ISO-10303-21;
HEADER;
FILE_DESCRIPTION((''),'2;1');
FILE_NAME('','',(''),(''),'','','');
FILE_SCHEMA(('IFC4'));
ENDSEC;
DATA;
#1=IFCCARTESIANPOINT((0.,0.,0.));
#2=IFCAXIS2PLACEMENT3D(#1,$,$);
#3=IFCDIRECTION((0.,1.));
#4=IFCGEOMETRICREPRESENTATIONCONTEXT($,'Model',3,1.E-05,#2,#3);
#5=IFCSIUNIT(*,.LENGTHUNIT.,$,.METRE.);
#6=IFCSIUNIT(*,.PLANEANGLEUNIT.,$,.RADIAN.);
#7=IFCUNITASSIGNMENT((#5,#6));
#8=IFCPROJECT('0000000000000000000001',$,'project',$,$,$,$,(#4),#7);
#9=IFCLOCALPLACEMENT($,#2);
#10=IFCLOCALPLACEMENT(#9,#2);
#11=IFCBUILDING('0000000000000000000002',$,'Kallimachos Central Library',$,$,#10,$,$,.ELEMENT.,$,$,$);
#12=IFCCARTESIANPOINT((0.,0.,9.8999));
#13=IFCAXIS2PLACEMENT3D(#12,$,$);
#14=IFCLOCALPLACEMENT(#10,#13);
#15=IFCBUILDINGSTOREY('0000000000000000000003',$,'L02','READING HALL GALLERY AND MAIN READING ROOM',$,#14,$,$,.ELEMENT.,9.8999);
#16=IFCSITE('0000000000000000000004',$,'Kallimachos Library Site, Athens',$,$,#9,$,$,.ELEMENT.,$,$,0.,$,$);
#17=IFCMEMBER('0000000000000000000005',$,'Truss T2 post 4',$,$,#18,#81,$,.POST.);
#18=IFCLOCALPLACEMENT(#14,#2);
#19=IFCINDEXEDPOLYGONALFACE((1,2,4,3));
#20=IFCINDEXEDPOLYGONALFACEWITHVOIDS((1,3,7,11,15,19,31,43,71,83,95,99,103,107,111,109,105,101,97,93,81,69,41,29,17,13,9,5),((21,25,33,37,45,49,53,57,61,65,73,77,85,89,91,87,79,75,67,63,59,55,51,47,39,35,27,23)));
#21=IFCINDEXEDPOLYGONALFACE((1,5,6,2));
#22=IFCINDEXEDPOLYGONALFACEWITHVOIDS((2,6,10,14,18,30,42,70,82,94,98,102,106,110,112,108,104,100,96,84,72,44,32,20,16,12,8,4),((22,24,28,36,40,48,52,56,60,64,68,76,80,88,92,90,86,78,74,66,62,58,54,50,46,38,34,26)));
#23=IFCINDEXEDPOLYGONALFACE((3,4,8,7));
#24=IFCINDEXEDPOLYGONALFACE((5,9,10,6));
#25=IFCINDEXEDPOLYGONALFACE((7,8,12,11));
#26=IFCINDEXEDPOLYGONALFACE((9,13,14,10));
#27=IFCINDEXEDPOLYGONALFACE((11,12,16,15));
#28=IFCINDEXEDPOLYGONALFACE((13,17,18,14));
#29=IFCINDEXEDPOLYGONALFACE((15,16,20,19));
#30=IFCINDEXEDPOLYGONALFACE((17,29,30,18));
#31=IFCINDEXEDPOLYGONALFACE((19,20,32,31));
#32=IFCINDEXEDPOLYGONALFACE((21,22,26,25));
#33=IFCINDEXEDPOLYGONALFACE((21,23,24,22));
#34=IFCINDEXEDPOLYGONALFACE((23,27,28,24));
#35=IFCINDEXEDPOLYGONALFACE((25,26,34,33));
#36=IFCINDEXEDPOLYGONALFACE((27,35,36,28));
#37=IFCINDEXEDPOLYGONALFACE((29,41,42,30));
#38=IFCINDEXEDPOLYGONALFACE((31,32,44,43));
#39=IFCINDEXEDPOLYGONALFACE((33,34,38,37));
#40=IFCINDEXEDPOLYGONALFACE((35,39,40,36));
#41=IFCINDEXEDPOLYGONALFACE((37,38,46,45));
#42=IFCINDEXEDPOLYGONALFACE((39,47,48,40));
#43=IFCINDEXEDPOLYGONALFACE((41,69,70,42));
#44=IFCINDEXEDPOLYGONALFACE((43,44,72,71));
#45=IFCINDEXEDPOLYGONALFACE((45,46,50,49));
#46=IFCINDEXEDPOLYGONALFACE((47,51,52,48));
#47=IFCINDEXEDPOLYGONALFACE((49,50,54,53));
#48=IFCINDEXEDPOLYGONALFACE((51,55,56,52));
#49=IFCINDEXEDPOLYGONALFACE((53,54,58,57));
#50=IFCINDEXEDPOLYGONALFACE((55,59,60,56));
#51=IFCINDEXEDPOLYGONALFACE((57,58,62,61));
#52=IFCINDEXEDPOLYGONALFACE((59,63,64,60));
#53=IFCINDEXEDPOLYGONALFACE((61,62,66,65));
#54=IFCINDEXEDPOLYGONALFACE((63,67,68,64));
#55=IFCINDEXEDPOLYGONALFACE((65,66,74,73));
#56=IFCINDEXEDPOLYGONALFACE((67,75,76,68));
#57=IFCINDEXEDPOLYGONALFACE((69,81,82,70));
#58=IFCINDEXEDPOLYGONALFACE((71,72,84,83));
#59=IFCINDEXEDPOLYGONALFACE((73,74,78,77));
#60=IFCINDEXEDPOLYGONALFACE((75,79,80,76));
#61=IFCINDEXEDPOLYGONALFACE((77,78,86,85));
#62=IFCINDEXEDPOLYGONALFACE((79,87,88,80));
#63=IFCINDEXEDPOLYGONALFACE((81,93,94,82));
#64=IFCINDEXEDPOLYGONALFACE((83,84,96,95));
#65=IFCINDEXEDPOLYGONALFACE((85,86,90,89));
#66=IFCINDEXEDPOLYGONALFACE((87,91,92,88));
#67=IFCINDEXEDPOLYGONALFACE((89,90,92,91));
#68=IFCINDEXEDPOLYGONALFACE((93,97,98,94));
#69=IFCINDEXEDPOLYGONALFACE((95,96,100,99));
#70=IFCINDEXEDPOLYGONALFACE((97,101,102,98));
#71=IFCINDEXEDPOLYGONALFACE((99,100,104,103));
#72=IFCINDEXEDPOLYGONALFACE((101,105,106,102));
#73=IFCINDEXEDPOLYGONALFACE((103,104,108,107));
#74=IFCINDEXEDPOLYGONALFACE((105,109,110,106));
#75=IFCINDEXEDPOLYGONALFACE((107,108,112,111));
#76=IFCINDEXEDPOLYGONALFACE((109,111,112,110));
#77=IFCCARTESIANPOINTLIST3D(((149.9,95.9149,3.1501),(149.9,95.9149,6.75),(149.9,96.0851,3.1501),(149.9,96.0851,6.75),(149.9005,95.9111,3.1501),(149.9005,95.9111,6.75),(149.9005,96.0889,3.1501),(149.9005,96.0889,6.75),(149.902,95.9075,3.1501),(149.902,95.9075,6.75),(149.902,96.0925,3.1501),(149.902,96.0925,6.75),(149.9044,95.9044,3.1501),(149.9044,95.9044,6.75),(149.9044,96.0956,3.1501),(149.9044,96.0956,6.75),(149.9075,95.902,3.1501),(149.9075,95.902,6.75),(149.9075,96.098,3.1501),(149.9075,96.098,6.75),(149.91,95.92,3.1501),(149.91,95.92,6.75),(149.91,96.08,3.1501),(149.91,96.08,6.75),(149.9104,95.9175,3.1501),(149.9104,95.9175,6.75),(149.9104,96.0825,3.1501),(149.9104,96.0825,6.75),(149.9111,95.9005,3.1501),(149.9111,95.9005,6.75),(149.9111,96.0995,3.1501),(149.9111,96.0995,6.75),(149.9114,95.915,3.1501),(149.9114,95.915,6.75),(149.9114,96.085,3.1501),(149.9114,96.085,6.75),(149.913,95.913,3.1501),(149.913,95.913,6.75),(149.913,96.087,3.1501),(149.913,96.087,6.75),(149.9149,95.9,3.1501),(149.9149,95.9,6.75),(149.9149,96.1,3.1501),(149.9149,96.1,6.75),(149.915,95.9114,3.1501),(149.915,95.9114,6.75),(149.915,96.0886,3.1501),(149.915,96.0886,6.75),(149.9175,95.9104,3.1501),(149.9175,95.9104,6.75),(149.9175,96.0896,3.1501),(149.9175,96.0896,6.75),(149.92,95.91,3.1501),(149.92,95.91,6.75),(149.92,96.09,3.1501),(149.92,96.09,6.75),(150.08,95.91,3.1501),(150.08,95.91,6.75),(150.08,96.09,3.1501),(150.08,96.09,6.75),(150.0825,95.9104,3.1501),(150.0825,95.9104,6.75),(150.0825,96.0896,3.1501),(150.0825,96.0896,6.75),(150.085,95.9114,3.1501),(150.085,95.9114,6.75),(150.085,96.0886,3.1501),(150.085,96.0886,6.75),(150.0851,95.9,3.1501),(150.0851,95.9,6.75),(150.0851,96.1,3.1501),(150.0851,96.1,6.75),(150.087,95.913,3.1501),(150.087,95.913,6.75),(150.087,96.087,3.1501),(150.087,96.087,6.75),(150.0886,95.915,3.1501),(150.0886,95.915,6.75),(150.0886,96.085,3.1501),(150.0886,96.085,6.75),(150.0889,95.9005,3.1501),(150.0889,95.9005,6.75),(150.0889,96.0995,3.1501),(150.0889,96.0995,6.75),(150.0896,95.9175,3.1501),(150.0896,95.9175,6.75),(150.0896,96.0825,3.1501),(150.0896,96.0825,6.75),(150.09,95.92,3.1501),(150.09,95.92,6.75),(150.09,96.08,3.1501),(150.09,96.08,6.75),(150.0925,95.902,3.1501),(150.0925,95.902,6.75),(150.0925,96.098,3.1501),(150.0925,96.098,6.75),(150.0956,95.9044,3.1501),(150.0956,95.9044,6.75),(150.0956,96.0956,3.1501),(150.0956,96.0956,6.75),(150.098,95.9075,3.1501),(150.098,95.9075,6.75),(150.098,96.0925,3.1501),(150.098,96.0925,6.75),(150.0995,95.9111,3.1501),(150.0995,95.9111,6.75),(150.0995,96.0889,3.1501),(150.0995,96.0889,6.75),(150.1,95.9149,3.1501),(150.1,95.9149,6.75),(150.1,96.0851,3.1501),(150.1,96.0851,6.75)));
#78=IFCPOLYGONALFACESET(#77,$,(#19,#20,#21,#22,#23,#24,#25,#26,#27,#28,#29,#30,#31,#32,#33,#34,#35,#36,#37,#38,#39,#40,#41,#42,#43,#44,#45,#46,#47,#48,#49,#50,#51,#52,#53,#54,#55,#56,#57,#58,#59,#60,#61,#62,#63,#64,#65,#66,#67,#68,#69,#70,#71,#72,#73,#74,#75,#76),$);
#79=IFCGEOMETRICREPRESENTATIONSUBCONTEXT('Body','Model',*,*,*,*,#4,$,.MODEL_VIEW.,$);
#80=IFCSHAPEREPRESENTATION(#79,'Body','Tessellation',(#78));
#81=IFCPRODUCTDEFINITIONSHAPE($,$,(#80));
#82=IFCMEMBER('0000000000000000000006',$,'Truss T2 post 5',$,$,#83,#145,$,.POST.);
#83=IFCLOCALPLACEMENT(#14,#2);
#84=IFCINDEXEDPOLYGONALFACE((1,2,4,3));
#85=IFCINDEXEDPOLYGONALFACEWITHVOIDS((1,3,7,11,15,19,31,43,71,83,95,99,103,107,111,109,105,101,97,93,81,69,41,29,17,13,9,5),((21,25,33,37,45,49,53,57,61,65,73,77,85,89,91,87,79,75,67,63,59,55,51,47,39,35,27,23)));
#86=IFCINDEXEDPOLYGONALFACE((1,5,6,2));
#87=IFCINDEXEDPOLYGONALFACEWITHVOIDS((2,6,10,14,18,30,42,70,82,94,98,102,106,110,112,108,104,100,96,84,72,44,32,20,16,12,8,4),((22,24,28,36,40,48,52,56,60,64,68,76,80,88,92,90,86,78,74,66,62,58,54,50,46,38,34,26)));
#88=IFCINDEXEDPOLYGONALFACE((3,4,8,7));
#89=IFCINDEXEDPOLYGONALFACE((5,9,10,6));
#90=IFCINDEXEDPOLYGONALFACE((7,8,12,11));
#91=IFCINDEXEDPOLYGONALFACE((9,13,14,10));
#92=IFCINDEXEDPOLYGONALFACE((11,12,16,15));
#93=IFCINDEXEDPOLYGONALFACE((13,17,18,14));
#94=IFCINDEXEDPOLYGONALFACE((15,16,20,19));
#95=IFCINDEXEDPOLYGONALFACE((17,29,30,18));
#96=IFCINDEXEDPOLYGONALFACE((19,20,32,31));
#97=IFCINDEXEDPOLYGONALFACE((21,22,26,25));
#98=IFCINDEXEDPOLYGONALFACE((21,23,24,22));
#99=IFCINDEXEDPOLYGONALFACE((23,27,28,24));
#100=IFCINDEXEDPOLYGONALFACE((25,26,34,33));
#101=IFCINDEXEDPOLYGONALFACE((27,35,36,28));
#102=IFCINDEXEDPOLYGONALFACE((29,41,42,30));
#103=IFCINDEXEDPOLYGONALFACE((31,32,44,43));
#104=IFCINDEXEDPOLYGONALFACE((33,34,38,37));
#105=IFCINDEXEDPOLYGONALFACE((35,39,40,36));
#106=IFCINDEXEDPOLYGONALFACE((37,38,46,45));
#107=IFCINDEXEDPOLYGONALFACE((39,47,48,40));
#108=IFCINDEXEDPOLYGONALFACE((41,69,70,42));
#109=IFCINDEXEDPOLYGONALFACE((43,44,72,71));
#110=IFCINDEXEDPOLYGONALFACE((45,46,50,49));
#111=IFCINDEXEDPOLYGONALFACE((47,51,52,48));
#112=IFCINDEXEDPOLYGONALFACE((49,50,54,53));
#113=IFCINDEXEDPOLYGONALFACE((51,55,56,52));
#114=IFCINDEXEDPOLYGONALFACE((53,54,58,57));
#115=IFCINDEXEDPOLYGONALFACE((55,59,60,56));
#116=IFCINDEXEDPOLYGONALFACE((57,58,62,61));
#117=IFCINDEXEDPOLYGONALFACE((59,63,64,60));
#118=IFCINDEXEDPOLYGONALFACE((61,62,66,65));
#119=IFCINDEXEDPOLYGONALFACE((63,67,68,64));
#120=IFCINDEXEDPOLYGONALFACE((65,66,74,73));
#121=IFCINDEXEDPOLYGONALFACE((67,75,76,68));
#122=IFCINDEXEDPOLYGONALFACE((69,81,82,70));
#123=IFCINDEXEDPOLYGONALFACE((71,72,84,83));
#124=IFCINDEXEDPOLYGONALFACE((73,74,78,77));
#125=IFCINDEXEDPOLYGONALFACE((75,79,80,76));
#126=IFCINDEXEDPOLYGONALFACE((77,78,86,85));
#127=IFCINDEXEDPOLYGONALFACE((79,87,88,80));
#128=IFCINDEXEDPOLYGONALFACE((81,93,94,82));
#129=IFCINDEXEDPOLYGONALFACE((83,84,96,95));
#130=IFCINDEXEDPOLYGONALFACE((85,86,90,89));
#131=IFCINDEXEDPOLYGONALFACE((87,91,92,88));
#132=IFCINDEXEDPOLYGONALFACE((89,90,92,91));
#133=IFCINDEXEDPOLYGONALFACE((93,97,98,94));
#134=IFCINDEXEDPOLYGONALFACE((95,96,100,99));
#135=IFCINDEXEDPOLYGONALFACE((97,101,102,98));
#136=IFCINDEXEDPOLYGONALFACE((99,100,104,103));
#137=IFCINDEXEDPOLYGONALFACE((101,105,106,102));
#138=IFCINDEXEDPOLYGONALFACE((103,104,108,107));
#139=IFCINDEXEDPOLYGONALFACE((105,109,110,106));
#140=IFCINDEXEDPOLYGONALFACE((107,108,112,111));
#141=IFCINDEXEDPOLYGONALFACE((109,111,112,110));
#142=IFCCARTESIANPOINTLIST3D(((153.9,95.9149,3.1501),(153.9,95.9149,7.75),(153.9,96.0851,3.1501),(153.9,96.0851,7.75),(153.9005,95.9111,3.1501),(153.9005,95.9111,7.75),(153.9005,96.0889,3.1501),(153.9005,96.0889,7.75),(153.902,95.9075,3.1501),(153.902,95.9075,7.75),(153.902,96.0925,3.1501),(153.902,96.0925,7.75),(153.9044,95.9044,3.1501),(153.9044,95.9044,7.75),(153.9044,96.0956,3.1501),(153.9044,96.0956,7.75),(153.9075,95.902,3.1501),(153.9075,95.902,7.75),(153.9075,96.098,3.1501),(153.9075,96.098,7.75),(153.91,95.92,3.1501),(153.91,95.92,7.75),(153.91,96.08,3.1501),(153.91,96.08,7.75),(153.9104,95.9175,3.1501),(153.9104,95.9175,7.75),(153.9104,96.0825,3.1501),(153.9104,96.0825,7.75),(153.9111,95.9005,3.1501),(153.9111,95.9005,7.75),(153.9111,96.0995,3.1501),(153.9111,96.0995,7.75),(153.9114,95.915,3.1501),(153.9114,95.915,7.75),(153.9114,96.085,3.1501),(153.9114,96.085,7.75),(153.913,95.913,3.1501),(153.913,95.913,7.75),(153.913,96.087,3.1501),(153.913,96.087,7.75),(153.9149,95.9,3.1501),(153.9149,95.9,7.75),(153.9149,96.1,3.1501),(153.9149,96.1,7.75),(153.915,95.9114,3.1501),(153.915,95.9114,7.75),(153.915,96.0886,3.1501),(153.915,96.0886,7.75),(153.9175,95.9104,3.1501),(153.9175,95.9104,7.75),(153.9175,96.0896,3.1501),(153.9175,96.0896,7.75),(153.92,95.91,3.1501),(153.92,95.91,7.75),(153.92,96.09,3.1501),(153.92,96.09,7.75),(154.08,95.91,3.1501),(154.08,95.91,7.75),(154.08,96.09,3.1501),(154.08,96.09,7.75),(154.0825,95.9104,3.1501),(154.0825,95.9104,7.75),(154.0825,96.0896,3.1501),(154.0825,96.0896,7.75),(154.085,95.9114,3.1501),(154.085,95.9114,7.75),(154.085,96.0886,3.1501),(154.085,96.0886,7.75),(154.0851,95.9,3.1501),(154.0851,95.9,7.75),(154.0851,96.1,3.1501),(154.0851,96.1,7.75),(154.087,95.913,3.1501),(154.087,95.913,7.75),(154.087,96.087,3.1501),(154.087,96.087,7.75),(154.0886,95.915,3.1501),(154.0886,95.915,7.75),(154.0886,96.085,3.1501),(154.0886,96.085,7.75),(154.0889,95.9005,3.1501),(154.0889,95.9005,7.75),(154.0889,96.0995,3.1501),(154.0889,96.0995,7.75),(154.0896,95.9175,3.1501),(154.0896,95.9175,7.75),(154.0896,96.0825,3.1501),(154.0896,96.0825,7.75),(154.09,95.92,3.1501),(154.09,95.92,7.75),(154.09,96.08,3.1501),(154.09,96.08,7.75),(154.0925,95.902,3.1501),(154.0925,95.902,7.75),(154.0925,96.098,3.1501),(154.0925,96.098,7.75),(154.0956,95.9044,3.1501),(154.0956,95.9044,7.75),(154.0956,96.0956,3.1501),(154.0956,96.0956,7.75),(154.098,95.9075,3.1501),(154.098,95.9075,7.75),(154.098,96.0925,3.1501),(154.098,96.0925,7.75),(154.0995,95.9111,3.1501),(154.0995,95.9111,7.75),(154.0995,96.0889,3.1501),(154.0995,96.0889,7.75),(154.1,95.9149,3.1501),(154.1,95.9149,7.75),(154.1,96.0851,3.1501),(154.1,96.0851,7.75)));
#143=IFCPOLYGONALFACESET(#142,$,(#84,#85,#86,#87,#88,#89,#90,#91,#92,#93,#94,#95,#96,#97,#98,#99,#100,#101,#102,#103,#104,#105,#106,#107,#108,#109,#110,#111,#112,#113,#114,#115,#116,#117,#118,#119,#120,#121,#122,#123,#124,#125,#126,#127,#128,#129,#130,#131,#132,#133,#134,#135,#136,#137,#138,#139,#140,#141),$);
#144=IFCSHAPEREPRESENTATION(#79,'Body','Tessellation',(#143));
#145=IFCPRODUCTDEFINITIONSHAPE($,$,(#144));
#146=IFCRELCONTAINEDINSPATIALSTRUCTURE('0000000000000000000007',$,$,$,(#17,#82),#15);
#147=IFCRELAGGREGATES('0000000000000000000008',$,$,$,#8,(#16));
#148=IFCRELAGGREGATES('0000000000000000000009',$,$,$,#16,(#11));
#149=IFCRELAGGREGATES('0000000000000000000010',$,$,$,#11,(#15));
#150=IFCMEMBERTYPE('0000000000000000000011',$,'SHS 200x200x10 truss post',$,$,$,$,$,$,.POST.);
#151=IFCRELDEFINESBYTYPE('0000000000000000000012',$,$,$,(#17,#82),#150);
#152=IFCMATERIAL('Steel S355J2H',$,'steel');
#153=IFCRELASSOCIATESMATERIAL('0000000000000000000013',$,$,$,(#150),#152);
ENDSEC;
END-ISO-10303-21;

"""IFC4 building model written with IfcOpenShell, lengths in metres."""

from ifc_helpers import new_model, si_unit, direction, frame, origin, origin_2d, place, context, subcontext, project, spatial, hollow_rectangle, extrude, material, material_profile, profile_set, type_object, element, save


model = new_model("IFC4")

# Units and contexts
model_context = context("Model", 3, precision=1e-05, world=origin(), true_north=direction((0.0, 1.0)))
body_context = subcontext(model_context, "Body", "Model", "MODEL_VIEW")
ifc_project = project(units=[si_unit("LENGTHUNIT", "METRE"), si_unit("PLANEANGLEUNIT", "RADIAN")], contexts=[model_context])

# Site, building, storey
site_placement = place(None, origin())
site = spatial("IfcSite", under=ifc_project, at=site_placement, Name="Kallimachos Library Site, Athens", CompositionType="ELEMENT", RefElevation=0.0)
building_placement = place(site_placement, origin())
building = spatial("IfcBuilding", under=site, at=building_placement, Name="Kallimachos Central Library", CompositionType="ELEMENT")
storey_placement = place(building_placement, frame((0.0, 0.0, 9.8999)))
storey = spatial("IfcBuildingStorey", under=building, at=storey_placement, Name="L02", Description="READING HALL GALLERY AND MAIN READING ROOM", CompositionType="ELEMENT", Elevation=9.8999)

# Members
ifc_material_1 = material(Name="Steel S355J2H", Category="steel")
ifc_material_profile_1 = material_profile(ifc_material_1, hollow_rectangle(XDim=0.2, YDim=0.2, WallThickness=0.01, InnerFilletRadius=0.01, OuterFilletRadius=0.0149, at=origin_2d()), Name="SHS 200x200x10")
ifc_profile_set_1 = profile_set([ifc_material_profile_1], Name="Steel S355J2H")
member_type_1 = type_object("IfcMemberType", Name="SHS 200x200x10 truss post", PredefinedType="POST", material=ifc_profile_set_1)
member_1_placement = place(storey_placement, frame((150.0, 96.0, 3.1501), z_axis=(0.0, 0.0, 1.0), x_axis=(1.0, 0.0, 0.0)))
element("IfcMember", 1, at=member_1_placement, inside=storey, type_object=member_type_1, Name="Truss T2 post 4", PredefinedType="POST", context=body_context, shape_type="SweptSolid", body=[
    extrude(hollow_rectangle(XDim=0.2, YDim=0.2, WallThickness=0.01, InnerFilletRadius=0.01, OuterFilletRadius=0.0149, at=origin_2d()), origin(), (0.0, 0.0, 1.0), 3.5999),
])
member_2_placement = place(storey_placement, frame((154.0, 96.0, 3.1501), z_axis=(0.0, 0.0, 1.0), x_axis=(1.0, 0.0, 0.0)))
element("IfcMember", 2, at=member_2_placement, inside=storey, type_object=member_type_1, Name="Truss T2 post 5", PredefinedType="POST", context=body_context, shape_type="SweptSolid", body=[
    extrude(hollow_rectangle(XDim=0.2, YDim=0.2, WallThickness=0.01, InnerFilletRadius=0.01, OuterFilletRadius=0.0149, at=origin_2d()), origin(), (0.0, 0.0, 1.0), 4.5999),
])

save(model, "model.ifc")
